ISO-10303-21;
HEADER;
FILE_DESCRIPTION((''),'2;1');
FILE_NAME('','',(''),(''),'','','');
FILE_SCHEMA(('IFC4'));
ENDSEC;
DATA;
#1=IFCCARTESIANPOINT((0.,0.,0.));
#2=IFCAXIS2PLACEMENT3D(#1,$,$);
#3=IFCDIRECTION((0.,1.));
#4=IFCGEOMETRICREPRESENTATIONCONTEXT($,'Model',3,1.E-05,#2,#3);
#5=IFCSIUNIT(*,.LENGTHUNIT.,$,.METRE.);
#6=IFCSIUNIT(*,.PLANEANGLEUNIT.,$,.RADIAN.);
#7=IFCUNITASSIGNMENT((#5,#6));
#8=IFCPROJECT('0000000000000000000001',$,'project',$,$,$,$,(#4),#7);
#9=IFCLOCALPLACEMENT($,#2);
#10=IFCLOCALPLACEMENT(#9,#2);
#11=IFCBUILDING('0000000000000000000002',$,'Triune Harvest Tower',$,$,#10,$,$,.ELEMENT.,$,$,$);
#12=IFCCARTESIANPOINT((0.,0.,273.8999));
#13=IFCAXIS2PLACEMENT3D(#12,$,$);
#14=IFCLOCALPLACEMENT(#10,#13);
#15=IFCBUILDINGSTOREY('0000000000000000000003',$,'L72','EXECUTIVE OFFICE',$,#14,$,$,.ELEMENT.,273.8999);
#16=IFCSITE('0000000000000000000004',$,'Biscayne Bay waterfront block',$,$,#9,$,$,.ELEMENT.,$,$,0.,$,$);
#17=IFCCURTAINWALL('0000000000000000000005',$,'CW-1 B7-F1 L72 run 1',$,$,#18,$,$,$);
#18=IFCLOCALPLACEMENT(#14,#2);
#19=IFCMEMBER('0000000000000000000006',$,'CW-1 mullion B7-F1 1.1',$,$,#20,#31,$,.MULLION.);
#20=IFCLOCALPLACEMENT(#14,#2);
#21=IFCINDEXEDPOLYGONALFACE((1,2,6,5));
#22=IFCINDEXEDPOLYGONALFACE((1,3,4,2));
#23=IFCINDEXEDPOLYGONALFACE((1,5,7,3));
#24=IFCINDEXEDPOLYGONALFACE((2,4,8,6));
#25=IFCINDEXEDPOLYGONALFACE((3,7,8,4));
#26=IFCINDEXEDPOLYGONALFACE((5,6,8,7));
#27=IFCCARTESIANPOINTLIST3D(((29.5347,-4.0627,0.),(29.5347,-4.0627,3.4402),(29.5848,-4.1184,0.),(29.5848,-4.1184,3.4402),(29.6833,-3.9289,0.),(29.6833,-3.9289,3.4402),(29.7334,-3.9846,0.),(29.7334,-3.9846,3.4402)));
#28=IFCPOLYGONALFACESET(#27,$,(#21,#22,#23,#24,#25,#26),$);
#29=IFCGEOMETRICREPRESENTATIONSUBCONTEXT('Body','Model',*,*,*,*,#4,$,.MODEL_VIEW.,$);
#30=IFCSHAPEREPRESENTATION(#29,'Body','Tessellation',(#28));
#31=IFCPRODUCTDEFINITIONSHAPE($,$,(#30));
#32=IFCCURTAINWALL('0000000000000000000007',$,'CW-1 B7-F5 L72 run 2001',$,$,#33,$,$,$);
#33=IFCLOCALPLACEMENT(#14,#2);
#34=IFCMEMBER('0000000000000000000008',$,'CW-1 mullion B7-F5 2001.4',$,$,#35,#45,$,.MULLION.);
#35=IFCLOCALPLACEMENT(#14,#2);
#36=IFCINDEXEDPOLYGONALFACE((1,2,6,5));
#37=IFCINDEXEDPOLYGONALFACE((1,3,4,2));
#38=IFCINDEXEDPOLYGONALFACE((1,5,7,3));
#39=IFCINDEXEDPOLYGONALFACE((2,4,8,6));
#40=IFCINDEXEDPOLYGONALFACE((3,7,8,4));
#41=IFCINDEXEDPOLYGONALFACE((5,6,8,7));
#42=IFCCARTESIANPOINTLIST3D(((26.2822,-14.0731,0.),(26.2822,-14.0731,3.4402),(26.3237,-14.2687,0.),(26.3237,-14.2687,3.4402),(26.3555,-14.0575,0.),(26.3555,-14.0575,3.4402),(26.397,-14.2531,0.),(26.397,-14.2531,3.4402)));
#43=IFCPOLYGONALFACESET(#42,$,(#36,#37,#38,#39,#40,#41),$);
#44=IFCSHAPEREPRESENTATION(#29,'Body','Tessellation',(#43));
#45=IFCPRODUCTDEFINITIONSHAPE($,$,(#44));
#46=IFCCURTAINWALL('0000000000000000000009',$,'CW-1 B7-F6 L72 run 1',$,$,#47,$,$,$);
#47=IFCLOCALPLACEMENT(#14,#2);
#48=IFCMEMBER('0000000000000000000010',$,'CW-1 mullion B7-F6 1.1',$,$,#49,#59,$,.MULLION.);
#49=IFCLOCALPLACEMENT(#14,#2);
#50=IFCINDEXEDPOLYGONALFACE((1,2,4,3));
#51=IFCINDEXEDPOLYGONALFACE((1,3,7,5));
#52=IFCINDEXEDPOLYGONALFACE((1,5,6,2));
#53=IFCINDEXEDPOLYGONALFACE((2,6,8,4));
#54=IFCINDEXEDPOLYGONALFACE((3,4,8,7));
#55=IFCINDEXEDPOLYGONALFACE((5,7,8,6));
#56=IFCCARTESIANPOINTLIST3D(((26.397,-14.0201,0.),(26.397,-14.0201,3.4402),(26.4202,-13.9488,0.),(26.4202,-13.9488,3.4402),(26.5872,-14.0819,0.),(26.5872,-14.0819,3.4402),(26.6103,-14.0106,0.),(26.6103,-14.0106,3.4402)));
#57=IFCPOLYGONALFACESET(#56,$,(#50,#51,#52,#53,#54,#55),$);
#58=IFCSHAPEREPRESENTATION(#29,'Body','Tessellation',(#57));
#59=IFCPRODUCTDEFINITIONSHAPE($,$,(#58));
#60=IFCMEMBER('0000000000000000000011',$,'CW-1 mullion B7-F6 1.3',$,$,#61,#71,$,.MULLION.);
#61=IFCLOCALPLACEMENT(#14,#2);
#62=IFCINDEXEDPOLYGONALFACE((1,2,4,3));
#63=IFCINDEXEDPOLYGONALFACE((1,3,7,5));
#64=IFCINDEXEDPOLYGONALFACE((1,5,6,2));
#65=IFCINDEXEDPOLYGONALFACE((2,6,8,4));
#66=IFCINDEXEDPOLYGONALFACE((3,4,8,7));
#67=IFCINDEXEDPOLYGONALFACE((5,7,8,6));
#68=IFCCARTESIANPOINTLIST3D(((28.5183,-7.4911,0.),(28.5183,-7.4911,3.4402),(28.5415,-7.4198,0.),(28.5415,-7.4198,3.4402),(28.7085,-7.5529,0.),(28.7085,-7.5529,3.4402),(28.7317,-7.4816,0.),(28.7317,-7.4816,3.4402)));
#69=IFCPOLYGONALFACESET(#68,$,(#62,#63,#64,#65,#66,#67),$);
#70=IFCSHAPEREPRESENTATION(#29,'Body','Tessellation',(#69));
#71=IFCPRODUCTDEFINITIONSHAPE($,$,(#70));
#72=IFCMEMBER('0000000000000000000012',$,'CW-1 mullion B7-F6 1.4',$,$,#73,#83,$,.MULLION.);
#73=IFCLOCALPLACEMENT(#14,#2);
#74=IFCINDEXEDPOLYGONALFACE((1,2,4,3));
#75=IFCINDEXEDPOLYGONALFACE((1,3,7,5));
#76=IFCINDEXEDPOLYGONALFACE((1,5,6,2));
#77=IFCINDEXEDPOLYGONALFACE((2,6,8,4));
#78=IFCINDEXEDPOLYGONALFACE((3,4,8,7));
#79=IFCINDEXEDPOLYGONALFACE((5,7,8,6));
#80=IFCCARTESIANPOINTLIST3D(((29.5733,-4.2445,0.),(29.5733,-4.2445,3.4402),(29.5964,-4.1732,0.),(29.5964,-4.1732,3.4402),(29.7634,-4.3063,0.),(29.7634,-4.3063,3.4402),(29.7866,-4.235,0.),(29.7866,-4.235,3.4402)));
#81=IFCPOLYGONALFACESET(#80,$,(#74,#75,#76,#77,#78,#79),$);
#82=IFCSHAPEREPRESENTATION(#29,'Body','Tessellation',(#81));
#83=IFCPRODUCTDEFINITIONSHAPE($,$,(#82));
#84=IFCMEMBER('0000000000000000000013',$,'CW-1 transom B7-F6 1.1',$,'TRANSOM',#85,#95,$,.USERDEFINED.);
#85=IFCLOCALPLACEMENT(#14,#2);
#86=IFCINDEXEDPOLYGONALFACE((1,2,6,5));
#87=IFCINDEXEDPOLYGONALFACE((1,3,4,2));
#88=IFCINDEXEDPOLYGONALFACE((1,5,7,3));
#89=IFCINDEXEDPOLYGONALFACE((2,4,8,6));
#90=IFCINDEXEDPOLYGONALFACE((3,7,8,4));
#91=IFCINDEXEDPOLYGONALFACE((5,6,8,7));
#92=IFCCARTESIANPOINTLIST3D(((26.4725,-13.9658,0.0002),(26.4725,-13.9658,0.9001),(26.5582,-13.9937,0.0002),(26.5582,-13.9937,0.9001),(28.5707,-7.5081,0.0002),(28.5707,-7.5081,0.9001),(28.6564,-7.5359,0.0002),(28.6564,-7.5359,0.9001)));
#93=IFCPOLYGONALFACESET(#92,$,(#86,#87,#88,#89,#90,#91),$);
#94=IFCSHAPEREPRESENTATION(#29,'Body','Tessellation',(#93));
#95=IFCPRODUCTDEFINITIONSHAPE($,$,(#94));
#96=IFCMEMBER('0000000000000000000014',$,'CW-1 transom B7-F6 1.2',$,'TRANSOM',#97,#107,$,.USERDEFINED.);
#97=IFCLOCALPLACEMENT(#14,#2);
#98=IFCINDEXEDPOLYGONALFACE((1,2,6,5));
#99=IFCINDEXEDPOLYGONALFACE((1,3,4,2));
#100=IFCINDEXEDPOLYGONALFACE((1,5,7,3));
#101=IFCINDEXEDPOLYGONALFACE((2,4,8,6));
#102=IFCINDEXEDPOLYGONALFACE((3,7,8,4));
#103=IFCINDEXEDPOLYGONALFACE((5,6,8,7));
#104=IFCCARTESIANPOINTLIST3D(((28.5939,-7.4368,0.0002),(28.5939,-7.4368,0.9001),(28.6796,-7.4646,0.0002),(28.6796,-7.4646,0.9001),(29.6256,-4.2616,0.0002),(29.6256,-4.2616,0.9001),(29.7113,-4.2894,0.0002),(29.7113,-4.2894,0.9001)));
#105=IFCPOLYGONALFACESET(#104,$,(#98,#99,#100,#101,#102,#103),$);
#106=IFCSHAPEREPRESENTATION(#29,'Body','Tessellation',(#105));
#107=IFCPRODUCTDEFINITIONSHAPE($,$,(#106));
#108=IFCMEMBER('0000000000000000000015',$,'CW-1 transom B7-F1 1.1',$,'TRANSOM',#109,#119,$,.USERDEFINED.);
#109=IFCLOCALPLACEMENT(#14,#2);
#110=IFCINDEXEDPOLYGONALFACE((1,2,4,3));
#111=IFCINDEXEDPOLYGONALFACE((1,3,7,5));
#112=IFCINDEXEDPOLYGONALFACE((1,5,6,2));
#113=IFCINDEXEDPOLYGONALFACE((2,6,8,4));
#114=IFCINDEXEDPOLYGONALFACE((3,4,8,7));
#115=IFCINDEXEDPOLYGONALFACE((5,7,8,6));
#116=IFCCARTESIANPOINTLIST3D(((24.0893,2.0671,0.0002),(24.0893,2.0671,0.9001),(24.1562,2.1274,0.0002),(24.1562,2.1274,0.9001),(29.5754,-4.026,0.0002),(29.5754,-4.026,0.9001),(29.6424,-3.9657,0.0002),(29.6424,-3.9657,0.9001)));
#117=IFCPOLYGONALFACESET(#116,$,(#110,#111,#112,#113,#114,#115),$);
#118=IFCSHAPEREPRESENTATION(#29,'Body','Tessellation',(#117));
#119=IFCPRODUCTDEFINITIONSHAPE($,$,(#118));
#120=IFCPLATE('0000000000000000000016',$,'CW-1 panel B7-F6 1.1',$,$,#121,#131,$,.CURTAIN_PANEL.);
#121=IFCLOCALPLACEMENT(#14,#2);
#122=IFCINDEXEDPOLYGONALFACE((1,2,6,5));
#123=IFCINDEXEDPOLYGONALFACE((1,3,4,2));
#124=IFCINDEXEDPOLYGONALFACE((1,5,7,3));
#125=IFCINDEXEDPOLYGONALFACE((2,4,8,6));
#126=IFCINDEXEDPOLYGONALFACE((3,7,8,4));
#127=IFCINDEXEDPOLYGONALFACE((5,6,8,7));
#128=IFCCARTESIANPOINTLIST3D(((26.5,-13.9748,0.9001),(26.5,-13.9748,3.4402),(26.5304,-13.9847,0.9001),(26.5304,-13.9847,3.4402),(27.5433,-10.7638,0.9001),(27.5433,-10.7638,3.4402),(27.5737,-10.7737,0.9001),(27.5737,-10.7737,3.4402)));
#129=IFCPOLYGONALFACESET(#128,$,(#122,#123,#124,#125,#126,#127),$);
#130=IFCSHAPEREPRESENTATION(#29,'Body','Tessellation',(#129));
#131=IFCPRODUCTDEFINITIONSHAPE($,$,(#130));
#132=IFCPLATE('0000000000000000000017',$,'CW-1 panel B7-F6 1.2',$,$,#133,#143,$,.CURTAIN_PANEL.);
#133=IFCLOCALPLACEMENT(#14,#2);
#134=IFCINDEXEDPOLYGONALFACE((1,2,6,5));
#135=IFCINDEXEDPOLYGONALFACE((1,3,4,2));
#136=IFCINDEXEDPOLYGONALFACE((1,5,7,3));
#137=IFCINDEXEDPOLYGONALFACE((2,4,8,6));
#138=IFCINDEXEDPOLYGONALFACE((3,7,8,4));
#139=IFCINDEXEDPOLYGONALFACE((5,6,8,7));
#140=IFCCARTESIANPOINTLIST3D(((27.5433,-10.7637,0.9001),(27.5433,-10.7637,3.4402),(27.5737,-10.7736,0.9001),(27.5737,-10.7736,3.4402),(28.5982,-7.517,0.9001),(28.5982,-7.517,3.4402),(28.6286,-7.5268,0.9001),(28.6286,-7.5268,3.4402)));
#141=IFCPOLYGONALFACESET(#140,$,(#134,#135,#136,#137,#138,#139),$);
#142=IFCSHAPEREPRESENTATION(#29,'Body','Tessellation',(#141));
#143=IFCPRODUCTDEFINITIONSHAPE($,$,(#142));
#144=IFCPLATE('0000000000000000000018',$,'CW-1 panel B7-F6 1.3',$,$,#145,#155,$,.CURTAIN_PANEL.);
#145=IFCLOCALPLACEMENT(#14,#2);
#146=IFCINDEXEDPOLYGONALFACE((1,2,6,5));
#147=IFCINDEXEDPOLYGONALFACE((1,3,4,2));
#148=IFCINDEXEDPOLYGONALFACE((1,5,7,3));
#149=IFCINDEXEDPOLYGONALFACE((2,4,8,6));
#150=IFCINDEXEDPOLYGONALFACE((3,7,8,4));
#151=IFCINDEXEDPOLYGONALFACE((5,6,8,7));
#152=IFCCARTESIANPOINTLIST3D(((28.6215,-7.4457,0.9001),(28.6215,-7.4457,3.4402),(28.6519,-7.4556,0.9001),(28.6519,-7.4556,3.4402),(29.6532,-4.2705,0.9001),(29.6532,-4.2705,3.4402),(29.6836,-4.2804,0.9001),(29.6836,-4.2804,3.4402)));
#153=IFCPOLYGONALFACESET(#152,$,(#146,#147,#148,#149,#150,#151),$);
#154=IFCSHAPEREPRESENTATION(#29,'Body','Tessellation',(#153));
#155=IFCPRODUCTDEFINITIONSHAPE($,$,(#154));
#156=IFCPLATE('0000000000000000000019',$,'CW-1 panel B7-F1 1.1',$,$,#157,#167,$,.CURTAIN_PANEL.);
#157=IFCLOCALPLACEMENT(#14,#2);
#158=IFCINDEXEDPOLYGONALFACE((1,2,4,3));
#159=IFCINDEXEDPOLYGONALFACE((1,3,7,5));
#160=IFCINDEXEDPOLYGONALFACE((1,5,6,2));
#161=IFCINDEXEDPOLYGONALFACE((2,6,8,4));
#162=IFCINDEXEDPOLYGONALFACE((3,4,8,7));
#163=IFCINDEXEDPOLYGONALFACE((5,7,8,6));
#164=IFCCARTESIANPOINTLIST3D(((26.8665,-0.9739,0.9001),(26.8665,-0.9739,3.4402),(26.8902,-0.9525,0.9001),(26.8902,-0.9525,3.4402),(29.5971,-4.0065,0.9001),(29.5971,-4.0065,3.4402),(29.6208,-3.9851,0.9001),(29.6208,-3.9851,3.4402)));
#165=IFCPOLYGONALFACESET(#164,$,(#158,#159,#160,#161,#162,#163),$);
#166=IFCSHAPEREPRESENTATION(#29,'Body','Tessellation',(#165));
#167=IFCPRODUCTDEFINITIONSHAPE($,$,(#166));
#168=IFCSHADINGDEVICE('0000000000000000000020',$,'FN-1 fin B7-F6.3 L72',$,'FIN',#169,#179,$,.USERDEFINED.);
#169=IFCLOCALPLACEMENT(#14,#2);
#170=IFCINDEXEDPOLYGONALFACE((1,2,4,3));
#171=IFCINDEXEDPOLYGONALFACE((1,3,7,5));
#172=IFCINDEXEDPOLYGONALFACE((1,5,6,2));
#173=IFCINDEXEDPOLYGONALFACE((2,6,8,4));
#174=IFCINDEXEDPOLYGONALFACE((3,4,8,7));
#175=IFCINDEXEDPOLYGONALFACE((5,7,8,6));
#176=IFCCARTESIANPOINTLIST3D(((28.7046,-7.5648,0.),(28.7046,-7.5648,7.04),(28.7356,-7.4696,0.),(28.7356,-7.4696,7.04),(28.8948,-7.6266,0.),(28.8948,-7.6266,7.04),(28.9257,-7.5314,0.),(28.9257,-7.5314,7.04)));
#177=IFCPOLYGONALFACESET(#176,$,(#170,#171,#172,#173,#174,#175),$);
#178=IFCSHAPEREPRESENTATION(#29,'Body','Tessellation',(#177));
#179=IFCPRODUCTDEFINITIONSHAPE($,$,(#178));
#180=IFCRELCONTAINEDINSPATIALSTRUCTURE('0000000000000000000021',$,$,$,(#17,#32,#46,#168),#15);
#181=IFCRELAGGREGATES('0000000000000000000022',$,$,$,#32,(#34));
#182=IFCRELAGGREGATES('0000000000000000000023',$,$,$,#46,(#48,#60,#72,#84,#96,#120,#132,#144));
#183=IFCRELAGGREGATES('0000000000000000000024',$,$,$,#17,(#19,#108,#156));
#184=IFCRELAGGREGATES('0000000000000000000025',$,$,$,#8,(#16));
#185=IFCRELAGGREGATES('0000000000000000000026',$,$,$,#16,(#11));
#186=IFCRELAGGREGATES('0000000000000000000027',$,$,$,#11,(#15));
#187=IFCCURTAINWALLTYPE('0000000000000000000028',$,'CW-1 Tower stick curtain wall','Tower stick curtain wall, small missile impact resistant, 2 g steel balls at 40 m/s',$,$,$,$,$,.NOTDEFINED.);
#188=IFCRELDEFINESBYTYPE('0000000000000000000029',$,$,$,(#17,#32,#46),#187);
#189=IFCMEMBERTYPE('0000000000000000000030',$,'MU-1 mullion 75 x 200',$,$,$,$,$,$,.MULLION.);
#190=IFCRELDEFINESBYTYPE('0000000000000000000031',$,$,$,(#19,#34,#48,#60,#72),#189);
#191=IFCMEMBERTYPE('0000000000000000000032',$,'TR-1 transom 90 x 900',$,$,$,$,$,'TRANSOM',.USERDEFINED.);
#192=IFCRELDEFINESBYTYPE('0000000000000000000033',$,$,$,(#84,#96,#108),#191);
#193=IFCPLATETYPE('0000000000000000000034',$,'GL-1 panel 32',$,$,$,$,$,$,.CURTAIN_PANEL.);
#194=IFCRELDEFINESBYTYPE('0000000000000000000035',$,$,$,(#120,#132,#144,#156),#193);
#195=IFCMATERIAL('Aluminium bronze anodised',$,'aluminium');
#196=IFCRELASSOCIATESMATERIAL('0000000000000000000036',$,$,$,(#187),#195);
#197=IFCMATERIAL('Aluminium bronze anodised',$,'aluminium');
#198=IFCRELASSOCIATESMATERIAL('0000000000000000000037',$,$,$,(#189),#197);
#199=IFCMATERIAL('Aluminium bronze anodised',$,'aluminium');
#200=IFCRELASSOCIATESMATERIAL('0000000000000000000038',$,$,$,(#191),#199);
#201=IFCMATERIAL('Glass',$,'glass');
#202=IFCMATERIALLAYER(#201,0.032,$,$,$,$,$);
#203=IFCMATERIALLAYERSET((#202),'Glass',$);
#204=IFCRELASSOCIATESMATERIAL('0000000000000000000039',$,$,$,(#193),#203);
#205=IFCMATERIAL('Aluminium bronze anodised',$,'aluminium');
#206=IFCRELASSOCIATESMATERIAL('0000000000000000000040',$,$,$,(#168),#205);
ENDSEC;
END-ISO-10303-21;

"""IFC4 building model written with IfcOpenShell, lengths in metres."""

from ifc_helpers import new_model, si_unit, direction, frame, origin, origin_2d, place, context, subcontext, project, spatial, rectangle, extrude, source, transform, mapped, material, layer, layer_set, material_profile, profile_set, type_object, element, aggregate, save


model = new_model("IFC4")

# Units and contexts
model_context = context("Model", 3, precision=1e-05, world=origin(), true_north=direction((0.0, 1.0)))
body_context = subcontext(model_context, "Body", "Model", "MODEL_VIEW")
ifc_project = project(units=[si_unit("LENGTHUNIT", "METRE"), si_unit("PLANEANGLEUNIT", "RADIAN")], contexts=[model_context])

# Site, building, storey
site_placement = place(None, origin())
site = spatial("IfcSite", under=ifc_project, at=site_placement, Name="Biscayne Bay waterfront block", CompositionType="ELEMENT", RefElevation=0.0)
building_placement = place(site_placement, origin())
building = spatial("IfcBuilding", under=site, at=building_placement, Name="Triune Harvest Tower", CompositionType="ELEMENT")
storey_placement = place(building_placement, frame((0.0, 0.0, 273.8999)))
storey = spatial("IfcBuildingStorey", under=building, at=storey_placement, Name="L72", Description="EXECUTIVE OFFICE", CompositionType="ELEMENT", Elevation=273.8999)

# Curtain walls, members
ifc_material_1 = material(Name="Aluminium bronze anodised", Category="aluminium")
curtain_wall_type = type_object("IfcCurtainWallType", Name="CW-1 Tower stick curtain wall", Description="Tower stick curtain wall, small missile impact resistant, 2 g steel balls at 40 m/s", PredefinedType="NOTDEFINED", material=ifc_material_1)
curtain_wall_1_placement = place(storey_placement, origin())
curtain_wall_1 = element("IfcCurtainWall", 1, at=curtain_wall_1_placement, inside=storey, type_object=curtain_wall_type, Name="CW-1 B7-F1 L72 run 1")
ifc_material_2 = material(Name="Aluminium bronze anodised", Category="aluminium")
ifc_material_profile_1 = material_profile(ifc_material_2, rectangle(XDim=0.2, YDim=0.075, at=origin_2d()), Name="MU-1 mullion 75 x 200")
ifc_profile_set_1 = profile_set([ifc_material_profile_1], Name="Aluminium bronze anodised")
member_type_1 = type_object("IfcMemberType", Name="MU-1 mullion 75 x 200", PredefinedType="MULLION", material=ifc_profile_set_1)
shared_shape_1 = source(origin(), body_context, "Body", "SweptSolid", [
    extrude(rectangle(XDim=0.2, YDim=0.075, at=origin_2d()), origin(), (0.0, 0.0, 1.0), 3.4402),
])
member_1_placement = place(storey_placement, frame((29.634, -4.0237, 0.0), z_axis=(0.0, 0.0, 1.0), x_axis=(-0.743144, -0.669131, 0.0)))
member_1 = element("IfcMember", 2, at=member_1_placement, type_object=member_type_1, Name="CW-1 mullion B7-F1 1.1", PredefinedType="MULLION", context=body_context, shape_type="MappedRepresentation", body=[
    mapped(shared_shape_1, transform((0.0, 0.0, 0.0), scale=1.0)),
])
curtain_wall_2_placement = place(storey_placement, origin())
curtain_wall_2 = element("IfcCurtainWall", 3, at=curtain_wall_2_placement, inside=storey, type_object=curtain_wall_type, Name="CW-1 B7-F5 L72 run 2001")
member_2_placement = place(storey_placement, frame((26.3396, -14.1631, 0.0), z_axis=(0.0, 0.0, 1.0), x_axis=(-0.207909, 0.978148, 0.0)))
member_2 = element("IfcMember", 4, at=member_2_placement, type_object=member_type_1, Name="CW-1 mullion B7-F5 2001.4", PredefinedType="MULLION", context=body_context, shape_type="MappedRepresentation", body=[
    mapped(shared_shape_1, transform((0.0, 0.0, 0.0), scale=1.0)),
])
aggregate(curtain_wall_2, [member_2])

# Curtain wall, members
curtain_wall_3_placement = place(storey_placement, origin())
curtain_wall_3 = element("IfcCurtainWall", 5, at=curtain_wall_3_placement, inside=storey, type_object=curtain_wall_type, Name="CW-1 B7-F6 L72 run 1")
member_3_placement = place(storey_placement, frame((26.5037, -14.0154, 0.0), z_axis=(0.0, 0.0, 1.0), x_axis=(-0.951056, 0.309019, 0.0)))
member_3 = element("IfcMember", 6, at=member_3_placement, type_object=member_type_1, Name="CW-1 mullion B7-F6 1.1", PredefinedType="MULLION", context=body_context, shape_type="MappedRepresentation", body=[
    mapped(shared_shape_1, transform((0.0, 0.0, 0.0), scale=1.0)),
])
member_4_placement = place(storey_placement, frame((28.625, -7.4863, 0.0), z_axis=(0.0, 0.0, 1.0), x_axis=(-0.951056, 0.309019, 0.0)))
member_4 = element("IfcMember", 7, at=member_4_placement, type_object=member_type_1, Name="CW-1 mullion B7-F6 1.3", PredefinedType="MULLION", context=body_context, shape_type="MappedRepresentation", body=[
    mapped(shared_shape_1, transform((0.0, 0.0, 0.0), scale=1.0)),
])
member_5_placement = place(storey_placement, frame((29.6799, -4.2397, 0.0), z_axis=(0.0, 0.0, 1.0), x_axis=(-0.951056, 0.309019, 0.0)))
member_5 = element("IfcMember", 8, at=member_5_placement, type_object=member_type_1, Name="CW-1 mullion B7-F6 1.4", PredefinedType="MULLION", context=body_context, shape_type="MappedRepresentation", body=[
    mapped(shared_shape_1, transform((0.0, 0.0, 0.0), scale=1.0)),
])
ifc_material_3 = material(Name="Aluminium bronze anodised", Category="aluminium")
ifc_material_profile_2 = material_profile(ifc_material_3, rectangle(XDim=0.0901, YDim=0.8999, at=origin_2d()), Name="TR-1 transom 90 x 900")
ifc_profile_set_2 = profile_set([ifc_material_profile_2], Name="Aluminium bronze anodised")
member_type_2 = type_object("IfcMemberType", Name="TR-1 transom 90 x 900", ElementType="TRANSOM", PredefinedType="USERDEFINED", material=ifc_profile_set_2)
shared_shape_2 = source(origin(), body_context, "Body", "SweptSolid", [
    extrude(rectangle(XDim=0.0901, YDim=0.8999, at=origin_2d()), origin(), (0.0, 0.0, 1.0), 6.79),
])
member_6_placement = place(storey_placement, frame((26.5154, -13.9797, 0.4502), z_axis=(0.309002, 0.951061, 0.0), x_axis=(-0.951061, 0.309002, 0.0)))
member_6 = element("IfcMember", 9, at=member_6_placement, type_object=member_type_2, Name="CW-1 transom B7-F6 1.1", ObjectType="TRANSOM", PredefinedType="USERDEFINED", context=body_context, shape_type="MappedRepresentation", body=[
    mapped(shared_shape_2, transform((0.0, 0.0, 0.0), scale=1.0)),
])
shared_shape_3 = source(origin(), body_context, "Body", "SweptSolid", [
    extrude(rectangle(XDim=0.0901, YDim=0.8999, at=origin_2d()), origin(), (0.0, 0.0, 1.0), 3.3386),
])
member_7_placement = place(storey_placement, frame((28.6367, -7.4507, 0.4502), z_axis=(0.309023, 0.951054, 0.0), x_axis=(-0.951054, 0.309023, 0.0)))
member_7 = element("IfcMember", 10, at=member_7_placement, type_object=member_type_2, Name="CW-1 transom B7-F6 1.2", ObjectType="TRANSOM", PredefinedType="USERDEFINED", context=body_context, shape_type="MappedRepresentation", body=[
    mapped(shared_shape_3, transform((0.0, 0.0, 0.0), scale=1.0)),
])

# Member
shared_shape_4 = source(origin(), body_context, "Body", "SweptSolid", [
    extrude(rectangle(XDim=0.0901, YDim=0.8999, at=origin_2d()), origin(), (0.0, 0.0, 1.0), 8.199),
])
member_8_placement = place(storey_placement, frame((29.6089, -3.9958, 0.4502), z_axis=(-0.669124, 0.743151, 0.0), x_axis=(-0.743151, -0.669124, 0.0)))
member_8 = element("IfcMember", 11, at=member_8_placement, type_object=member_type_2, Name="CW-1 transom B7-F1 1.1", ObjectType="TRANSOM", PredefinedType="USERDEFINED", context=body_context, shape_type="MappedRepresentation", body=[
    mapped(shared_shape_4, transform((0.0, 0.0, 0.0), scale=1.0)),
])

# Plates
ifc_material_4 = material(Name="Glass", Category="glass")
ifc_layer = layer(ifc_material_4, 0.032)
ifc_layer_set = layer_set([ifc_layer], Name="Glass")
plate_type = type_object("IfcPlateType", Name="GL-1 panel 32", PredefinedType="CURTAIN_PANEL", material=ifc_layer_set)
shared_shape_5 = source(origin(), body_context, "Body", "SweptSolid", [
    extrude(rectangle(XDim=3.3762, YDim=0.032, at=origin_2d()), origin(), (0.0, 0.0, 1.0), 2.54),
])
plate_1_placement = place(storey_placement, frame((27.0369, -12.3743, 0.9001), z_axis=(0.0, 0.0, 1.0), x_axis=(0.309019, 0.951056, 0.0)))
plate_1 = element("IfcPlate", 12, at=plate_1_placement, type_object=plate_type, Name="CW-1 panel B7-F6 1.1", PredefinedType="CURTAIN_PANEL", context=body_context, shape_type="MappedRepresentation", body=[
    mapped(shared_shape_5, transform((0.0, 0.0, 0.0), scale=1.0)),
])
shared_shape_6 = source(origin(), body_context, "Body", "SweptSolid", [
    extrude(rectangle(XDim=3.4138, YDim=0.032, at=origin_2d()), origin(), (0.0, 0.0, 1.0), 2.54),
])
plate_2_placement = place(storey_placement, frame((28.0859, -9.1453, 0.9001), z_axis=(0.0, 0.0, 1.0), x_axis=(0.309019, 0.951056, 0.0)))
plate_2 = element("IfcPlate", 13, at=plate_2_placement, type_object=plate_type, Name="CW-1 panel B7-F6 1.2", PredefinedType="CURTAIN_PANEL", context=body_context, shape_type="MappedRepresentation", body=[
    mapped(shared_shape_6, transform((0.0, 0.0, 0.0), scale=1.0)),
])
shared_shape_7 = source(origin(), body_context, "Body", "SweptSolid", [
    extrude(rectangle(XDim=3.3386, YDim=0.032, at=origin_2d()), origin(), (0.0, 0.0, 1.0), 2.54),
])
plate_3_placement = place(storey_placement, frame((29.1526, -5.863, 0.9001), z_axis=(0.0, 0.0, 1.0), x_axis=(0.309019, 0.951056, 0.0)))
plate_3 = element("IfcPlate", 14, at=plate_3_placement, type_object=plate_type, Name="CW-1 panel B7-F6 1.3", PredefinedType="CURTAIN_PANEL", context=body_context, shape_type="MappedRepresentation", body=[
    mapped(shared_shape_7, transform((0.0, 0.0, 0.0), scale=1.0)),
])
aggregate(curtain_wall_3, [member_3, member_4, member_5, member_6, member_7, plate_1, plate_2, plate_3])
shared_shape_8 = source(origin(), body_context, "Body", "SweptSolid", [
    extrude(rectangle(XDim=4.0808, YDim=0.032, at=origin_2d()), origin(), (0.0, 0.0, 1.0), 2.54),
])
plate_4_placement = place(storey_placement, frame((28.2437, -2.4795, 0.9001), z_axis=(0.0, 0.0, 1.0), x_axis=(-0.669131, 0.743144, 0.0)))
plate_4 = element("IfcPlate", 15, at=plate_4_placement, type_object=plate_type, Name="CW-1 panel B7-F1 1.1", PredefinedType="CURTAIN_PANEL", context=body_context, shape_type="MappedRepresentation", body=[
    mapped(shared_shape_8, transform((0.0, 0.0, 0.0), scale=1.0)),
])
aggregate(curtain_wall_1, [member_1, member_8, plate_4])

# Shading device
ifc_material_5 = material(Name="Aluminium bronze anodised", Category="aluminium")
shared_shape_9 = source(origin(), body_context, "Body", "SweptSolid", [
    extrude(rectangle(XDim=0.1001, YDim=0.2, at=origin_2d()), origin(), (0.0, 0.0, 1.0), 7.04),
])
shading_device_placement = place(storey_placement, frame((28.8152, -7.5481, 0.0), z_axis=(0.0, 0.0, 1.0), x_axis=(0.309019, 0.951056, 0.0)))
element("IfcShadingDevice", 16, at=shading_device_placement, inside=storey, material=ifc_material_5, Name="FN-1 fin B7-F6.3 L72", ObjectType="FIN", PredefinedType="USERDEFINED", context=body_context, shape_type="MappedRepresentation", body=[
    mapped(shared_shape_9, transform((0.0, 0.0, 0.0), scale=1.0)),
])

save(model, "model.ifc")
